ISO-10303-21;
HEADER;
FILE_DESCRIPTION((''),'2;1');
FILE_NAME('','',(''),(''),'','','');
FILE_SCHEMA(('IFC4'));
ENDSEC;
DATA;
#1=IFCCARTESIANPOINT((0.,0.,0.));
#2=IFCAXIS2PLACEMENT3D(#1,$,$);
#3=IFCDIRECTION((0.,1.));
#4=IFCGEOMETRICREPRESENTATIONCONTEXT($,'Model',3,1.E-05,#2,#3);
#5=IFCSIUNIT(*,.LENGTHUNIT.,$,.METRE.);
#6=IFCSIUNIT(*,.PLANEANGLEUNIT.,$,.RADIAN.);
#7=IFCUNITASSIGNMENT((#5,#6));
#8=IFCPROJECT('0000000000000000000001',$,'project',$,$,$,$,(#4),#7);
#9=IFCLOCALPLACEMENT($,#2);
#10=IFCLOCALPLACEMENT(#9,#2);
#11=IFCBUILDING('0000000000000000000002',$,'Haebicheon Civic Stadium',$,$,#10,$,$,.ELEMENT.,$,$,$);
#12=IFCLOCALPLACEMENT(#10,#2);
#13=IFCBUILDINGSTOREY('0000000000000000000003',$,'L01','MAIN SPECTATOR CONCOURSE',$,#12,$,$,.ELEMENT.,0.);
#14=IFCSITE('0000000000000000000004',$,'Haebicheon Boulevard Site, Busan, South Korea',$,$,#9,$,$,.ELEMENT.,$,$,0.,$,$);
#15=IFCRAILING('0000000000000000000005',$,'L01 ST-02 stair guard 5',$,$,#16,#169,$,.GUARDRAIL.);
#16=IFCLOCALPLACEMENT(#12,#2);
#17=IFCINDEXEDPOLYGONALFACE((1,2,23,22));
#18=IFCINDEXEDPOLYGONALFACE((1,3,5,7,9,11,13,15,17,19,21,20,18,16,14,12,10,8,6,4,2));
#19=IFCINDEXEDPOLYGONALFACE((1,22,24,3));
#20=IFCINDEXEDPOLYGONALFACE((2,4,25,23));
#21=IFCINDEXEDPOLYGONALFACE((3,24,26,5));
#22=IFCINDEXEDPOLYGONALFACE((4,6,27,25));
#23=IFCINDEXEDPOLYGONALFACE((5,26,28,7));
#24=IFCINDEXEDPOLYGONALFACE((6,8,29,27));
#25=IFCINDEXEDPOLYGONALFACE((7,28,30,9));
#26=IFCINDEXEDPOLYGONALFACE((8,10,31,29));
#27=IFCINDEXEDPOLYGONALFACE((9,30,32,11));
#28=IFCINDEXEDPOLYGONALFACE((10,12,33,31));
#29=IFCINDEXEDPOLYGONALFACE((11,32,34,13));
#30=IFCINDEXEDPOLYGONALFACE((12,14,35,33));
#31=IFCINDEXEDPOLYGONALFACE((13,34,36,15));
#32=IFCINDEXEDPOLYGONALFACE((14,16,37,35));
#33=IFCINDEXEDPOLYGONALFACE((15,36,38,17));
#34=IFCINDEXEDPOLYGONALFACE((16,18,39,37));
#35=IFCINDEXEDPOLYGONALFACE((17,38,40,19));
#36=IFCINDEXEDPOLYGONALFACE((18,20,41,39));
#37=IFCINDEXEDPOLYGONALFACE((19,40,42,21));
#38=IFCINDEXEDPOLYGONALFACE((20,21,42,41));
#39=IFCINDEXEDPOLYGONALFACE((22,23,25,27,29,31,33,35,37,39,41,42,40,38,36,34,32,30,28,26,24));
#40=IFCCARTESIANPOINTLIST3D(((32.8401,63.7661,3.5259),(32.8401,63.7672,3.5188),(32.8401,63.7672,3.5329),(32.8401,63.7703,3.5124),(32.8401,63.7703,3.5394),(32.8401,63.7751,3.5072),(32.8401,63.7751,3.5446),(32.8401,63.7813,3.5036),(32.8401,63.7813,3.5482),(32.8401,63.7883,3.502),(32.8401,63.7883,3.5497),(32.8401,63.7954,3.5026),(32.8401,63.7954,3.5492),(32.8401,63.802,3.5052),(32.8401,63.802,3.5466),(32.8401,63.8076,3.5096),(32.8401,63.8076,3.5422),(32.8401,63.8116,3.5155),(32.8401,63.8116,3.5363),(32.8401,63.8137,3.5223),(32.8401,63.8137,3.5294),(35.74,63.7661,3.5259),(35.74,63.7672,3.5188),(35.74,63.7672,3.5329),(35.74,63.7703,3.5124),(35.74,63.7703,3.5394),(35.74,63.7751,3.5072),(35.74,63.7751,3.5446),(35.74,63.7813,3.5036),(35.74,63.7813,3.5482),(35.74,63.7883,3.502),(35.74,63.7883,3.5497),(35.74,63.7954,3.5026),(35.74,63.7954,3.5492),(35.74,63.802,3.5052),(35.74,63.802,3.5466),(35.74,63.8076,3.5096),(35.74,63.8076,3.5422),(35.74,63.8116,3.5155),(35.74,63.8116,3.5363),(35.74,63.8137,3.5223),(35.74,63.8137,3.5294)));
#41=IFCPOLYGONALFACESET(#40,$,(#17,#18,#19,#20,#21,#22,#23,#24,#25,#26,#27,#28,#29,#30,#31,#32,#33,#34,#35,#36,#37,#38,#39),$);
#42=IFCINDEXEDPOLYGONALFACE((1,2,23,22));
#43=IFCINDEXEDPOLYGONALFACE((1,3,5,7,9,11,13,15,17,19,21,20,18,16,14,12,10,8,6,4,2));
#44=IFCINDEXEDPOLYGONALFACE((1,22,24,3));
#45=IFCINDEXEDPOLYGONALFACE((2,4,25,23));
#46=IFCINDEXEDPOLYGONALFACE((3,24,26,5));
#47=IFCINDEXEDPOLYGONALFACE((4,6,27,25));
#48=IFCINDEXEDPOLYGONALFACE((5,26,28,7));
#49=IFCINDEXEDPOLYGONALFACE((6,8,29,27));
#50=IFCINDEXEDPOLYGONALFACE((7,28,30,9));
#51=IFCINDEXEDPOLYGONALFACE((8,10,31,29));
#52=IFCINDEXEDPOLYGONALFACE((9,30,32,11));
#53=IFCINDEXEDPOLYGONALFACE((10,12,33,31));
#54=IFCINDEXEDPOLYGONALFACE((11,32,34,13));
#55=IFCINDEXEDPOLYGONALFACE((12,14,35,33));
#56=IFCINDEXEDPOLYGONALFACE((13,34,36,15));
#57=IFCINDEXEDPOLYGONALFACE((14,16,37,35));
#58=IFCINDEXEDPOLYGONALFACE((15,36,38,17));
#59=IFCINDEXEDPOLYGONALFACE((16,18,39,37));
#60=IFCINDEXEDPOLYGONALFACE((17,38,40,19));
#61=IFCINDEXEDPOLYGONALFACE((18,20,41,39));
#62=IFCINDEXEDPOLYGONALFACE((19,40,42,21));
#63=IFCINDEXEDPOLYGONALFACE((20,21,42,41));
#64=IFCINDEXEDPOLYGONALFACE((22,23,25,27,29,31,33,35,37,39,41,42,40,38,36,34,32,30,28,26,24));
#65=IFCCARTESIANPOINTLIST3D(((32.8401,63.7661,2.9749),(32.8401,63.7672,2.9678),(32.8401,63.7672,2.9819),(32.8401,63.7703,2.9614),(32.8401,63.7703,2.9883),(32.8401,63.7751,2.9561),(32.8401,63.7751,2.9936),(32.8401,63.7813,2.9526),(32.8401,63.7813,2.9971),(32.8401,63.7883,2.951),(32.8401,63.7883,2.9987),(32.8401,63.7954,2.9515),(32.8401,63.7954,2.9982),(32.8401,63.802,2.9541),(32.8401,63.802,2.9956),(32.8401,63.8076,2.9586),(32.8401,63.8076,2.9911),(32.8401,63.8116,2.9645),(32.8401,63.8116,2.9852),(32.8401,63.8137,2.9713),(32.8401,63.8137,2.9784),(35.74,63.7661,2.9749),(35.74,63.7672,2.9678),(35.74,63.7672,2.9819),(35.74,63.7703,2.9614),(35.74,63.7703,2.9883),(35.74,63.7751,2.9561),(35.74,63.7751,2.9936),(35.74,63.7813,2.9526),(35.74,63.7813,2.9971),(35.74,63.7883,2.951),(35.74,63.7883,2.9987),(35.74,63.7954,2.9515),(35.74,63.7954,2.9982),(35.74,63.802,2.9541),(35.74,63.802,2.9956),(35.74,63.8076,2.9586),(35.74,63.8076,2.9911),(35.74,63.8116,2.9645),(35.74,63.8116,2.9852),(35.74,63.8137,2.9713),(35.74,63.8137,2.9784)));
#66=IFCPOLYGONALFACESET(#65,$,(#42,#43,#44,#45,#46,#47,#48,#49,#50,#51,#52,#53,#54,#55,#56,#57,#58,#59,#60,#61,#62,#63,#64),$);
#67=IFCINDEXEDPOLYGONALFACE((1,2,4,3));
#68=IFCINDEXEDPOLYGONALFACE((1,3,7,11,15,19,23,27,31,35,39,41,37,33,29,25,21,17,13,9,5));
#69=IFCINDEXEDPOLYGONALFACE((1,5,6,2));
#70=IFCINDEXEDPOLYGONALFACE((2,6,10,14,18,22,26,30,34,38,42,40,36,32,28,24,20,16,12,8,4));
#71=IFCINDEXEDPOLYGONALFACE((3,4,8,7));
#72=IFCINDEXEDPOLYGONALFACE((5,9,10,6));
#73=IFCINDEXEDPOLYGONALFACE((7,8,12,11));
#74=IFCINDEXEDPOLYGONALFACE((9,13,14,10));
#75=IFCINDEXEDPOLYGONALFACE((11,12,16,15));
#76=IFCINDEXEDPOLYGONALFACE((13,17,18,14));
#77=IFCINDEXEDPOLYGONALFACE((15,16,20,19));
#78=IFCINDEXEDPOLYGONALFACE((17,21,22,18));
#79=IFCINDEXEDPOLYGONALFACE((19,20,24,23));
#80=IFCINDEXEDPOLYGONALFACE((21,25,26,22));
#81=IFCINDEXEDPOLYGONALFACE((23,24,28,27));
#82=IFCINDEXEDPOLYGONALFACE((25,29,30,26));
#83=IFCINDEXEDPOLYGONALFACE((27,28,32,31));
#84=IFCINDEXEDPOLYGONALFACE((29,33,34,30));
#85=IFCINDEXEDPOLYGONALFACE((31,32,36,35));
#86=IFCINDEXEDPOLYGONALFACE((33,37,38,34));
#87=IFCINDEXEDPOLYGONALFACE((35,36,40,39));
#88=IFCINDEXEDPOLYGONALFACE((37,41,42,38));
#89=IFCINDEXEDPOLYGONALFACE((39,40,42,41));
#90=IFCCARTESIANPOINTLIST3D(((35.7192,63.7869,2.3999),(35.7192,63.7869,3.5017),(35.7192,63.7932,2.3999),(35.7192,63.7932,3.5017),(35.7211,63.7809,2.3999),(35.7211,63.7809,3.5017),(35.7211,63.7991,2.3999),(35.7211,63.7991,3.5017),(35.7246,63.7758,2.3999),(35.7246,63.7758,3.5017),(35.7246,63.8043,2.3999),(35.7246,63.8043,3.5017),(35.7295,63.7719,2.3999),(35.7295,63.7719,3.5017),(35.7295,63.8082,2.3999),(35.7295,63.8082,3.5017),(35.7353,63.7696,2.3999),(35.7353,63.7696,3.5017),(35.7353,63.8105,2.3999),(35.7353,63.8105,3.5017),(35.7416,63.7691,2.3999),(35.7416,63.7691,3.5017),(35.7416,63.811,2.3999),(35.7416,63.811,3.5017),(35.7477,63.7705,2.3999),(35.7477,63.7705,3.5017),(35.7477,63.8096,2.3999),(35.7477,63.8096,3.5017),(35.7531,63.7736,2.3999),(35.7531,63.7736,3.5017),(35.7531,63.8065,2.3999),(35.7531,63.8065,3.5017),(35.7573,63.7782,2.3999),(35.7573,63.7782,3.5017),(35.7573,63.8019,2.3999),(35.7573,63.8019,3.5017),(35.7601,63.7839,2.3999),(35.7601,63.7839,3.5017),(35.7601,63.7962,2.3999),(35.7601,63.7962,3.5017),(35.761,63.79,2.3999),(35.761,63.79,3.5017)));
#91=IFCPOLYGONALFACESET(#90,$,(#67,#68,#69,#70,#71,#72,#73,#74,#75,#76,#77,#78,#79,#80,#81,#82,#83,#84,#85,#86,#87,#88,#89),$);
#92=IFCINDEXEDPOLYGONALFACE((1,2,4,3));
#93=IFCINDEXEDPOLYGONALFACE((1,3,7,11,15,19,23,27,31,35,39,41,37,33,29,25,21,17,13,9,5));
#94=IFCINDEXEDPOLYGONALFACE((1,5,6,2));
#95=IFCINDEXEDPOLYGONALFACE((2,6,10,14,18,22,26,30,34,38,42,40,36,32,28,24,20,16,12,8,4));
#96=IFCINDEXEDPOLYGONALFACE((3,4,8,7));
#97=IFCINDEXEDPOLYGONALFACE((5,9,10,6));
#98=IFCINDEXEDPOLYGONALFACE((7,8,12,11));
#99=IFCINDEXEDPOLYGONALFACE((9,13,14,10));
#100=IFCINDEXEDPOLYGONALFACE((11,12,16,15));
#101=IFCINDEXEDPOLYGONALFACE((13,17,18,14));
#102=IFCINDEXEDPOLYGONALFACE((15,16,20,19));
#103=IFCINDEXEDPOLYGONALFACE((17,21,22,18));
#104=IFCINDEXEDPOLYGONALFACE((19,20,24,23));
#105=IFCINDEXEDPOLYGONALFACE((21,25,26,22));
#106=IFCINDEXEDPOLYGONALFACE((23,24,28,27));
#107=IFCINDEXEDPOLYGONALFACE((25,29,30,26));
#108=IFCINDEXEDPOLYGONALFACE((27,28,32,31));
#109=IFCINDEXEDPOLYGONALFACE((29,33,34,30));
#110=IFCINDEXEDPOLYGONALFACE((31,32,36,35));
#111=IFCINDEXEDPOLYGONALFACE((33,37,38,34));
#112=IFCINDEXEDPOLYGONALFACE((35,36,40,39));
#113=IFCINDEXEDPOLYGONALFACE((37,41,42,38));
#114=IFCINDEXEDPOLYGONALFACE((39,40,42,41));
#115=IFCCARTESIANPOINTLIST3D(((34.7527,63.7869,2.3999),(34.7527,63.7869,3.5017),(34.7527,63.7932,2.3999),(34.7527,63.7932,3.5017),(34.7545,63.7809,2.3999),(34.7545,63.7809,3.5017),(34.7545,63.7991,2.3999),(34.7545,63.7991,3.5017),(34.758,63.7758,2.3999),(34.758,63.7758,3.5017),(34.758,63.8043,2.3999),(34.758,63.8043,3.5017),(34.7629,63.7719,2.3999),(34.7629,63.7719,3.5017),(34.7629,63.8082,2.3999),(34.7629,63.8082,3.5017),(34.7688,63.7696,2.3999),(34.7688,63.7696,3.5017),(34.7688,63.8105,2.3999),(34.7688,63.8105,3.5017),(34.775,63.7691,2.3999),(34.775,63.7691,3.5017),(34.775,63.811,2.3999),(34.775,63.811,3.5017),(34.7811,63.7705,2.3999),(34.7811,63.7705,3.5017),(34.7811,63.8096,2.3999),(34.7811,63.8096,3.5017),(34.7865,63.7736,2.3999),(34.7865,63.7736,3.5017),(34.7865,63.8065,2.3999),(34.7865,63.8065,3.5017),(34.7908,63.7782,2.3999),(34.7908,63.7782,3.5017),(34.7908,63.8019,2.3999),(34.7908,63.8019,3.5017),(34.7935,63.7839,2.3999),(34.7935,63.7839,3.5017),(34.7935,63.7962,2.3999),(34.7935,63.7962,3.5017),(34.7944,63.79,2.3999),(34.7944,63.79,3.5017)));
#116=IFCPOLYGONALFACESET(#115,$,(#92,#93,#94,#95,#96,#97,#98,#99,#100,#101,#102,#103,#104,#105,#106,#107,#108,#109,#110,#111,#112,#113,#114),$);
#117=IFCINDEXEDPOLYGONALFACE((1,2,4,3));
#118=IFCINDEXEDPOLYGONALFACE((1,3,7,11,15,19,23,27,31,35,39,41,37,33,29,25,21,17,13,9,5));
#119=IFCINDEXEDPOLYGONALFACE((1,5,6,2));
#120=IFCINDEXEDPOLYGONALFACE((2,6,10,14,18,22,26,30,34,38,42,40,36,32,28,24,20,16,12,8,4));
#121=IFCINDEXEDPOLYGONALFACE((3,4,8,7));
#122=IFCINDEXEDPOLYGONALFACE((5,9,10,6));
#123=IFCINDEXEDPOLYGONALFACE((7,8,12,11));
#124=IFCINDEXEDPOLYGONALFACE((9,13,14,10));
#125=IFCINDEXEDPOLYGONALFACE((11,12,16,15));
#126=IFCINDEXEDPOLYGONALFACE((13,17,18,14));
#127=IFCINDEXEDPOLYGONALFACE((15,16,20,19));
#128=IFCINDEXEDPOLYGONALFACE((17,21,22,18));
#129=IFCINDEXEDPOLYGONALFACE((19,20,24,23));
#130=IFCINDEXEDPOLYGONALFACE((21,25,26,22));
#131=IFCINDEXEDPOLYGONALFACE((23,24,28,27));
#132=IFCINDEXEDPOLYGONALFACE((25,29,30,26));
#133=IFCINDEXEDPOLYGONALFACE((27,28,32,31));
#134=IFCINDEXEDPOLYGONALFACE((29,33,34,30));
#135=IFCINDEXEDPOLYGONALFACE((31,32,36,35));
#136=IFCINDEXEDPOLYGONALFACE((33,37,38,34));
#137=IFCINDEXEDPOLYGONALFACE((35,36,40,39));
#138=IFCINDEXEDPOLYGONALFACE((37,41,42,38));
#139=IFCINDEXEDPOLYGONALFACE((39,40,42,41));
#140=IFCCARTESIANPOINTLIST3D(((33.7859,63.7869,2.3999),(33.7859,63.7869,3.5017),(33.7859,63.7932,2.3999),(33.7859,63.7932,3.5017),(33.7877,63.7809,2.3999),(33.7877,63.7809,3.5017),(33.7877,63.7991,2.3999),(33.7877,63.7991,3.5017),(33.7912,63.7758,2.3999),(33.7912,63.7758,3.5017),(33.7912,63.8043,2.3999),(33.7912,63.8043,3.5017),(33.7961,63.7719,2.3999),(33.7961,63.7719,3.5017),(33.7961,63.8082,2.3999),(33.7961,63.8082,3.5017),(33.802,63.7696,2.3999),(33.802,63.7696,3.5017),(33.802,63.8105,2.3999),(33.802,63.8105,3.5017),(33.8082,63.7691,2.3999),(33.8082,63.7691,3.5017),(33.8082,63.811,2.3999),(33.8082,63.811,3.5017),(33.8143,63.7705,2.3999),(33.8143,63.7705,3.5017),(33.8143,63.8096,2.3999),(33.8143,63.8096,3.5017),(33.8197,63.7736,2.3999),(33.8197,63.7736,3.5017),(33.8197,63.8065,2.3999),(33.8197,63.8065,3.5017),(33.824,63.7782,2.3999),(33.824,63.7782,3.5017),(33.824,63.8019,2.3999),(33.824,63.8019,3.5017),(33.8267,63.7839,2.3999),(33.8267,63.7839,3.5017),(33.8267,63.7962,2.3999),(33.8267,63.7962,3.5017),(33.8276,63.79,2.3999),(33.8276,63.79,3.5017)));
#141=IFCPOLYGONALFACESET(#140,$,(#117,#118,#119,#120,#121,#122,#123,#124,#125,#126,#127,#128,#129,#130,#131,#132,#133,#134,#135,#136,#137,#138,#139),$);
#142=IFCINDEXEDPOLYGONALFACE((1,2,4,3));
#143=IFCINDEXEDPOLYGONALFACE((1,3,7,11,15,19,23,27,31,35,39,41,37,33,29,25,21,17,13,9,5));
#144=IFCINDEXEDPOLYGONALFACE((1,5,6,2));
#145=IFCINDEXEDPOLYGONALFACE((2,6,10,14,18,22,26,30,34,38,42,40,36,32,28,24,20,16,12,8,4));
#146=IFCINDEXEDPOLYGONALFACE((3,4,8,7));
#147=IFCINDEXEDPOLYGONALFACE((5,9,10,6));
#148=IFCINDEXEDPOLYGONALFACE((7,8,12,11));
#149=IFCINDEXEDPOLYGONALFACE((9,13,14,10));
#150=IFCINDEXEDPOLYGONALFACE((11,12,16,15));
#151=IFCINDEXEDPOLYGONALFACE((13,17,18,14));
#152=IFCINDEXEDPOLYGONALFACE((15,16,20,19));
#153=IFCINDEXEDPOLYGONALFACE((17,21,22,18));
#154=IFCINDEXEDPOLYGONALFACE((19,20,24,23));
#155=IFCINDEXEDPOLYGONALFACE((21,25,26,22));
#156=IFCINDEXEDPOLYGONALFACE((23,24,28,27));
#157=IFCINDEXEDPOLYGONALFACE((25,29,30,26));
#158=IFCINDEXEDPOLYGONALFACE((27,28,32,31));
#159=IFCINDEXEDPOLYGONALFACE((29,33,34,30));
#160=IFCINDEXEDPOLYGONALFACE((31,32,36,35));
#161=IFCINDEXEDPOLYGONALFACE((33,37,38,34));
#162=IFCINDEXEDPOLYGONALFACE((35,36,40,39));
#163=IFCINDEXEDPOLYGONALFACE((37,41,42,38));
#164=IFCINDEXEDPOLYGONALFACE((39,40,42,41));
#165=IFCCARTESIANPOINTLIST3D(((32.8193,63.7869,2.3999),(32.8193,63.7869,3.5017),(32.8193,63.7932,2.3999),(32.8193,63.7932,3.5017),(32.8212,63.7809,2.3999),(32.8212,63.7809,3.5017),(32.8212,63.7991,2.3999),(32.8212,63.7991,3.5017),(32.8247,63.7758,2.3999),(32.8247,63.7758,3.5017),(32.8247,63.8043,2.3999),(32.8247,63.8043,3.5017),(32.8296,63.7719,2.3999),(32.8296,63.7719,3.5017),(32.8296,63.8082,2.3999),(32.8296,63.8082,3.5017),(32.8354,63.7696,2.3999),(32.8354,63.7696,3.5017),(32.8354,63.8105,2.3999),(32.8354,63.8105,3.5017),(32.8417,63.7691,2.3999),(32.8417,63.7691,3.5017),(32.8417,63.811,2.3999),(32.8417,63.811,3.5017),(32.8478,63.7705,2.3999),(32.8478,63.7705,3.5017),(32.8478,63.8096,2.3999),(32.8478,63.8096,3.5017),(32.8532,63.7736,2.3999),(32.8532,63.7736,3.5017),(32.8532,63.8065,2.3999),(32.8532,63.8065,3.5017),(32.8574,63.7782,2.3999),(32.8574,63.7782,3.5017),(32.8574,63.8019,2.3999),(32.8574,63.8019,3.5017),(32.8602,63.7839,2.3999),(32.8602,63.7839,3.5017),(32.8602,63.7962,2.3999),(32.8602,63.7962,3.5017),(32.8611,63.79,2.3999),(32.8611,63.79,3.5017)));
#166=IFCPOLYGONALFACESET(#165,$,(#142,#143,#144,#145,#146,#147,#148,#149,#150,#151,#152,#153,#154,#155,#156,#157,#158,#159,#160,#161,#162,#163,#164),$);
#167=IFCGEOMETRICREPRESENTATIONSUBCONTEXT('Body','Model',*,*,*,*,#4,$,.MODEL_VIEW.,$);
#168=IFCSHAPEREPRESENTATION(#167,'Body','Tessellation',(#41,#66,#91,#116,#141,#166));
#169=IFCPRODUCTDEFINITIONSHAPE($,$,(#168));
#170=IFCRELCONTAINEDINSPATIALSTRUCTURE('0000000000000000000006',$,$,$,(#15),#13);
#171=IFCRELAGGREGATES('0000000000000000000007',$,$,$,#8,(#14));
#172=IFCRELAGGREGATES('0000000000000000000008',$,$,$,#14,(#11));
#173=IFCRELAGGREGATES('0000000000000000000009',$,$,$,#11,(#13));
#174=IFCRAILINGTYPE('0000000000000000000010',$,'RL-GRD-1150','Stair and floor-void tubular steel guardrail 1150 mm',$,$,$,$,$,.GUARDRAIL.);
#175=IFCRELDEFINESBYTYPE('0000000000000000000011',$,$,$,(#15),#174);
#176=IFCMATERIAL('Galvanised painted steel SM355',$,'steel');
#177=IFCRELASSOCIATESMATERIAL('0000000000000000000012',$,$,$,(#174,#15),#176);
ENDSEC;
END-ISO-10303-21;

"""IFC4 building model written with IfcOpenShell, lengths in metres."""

from ifc_helpers import new_model, si_unit, direction, frame, origin, origin_2d, place, context, subcontext, project, spatial, circle, extrude, material, type_object, element, save


model = new_model("IFC4")

# Units and contexts
model_context = context("Model", 3, precision=1e-05, world=origin(), true_north=direction((0.0, 1.0)))
body_context = subcontext(model_context, "Body", "Model", "MODEL_VIEW")
ifc_project = project(units=[si_unit("LENGTHUNIT", "METRE"), si_unit("PLANEANGLEUNIT", "RADIAN")], contexts=[model_context])

# Site, building, storey
site_placement = place(None, origin())
site = spatial("IfcSite", under=ifc_project, at=site_placement, Name="Haebicheon Boulevard Site, Busan, South Korea", CompositionType="ELEMENT", RefElevation=0.0)
building_placement = place(site_placement, origin())
building = spatial("IfcBuilding", under=site, at=building_placement, Name="Haebicheon Civic Stadium", CompositionType="ELEMENT")
storey_placement = place(building_placement, origin())
storey = spatial("IfcBuildingStorey", under=building, at=storey_placement, Name="L01", Description="MAIN SPECTATOR CONCOURSE", CompositionType="ELEMENT", Elevation=0.0)

# Railing
ifc_material_1 = material(Name="Galvanised painted steel SM355", Category="steel")
railing_type_1 = type_object("IfcRailingType", Name="RL-GRD-1150", Description="Stair and floor-void tubular steel guardrail 1150 mm", PredefinedType="GUARDRAIL", material=ifc_material_1)
railing_1_placement = place(storey_placement, frame((35.74, 63.79, 2.3999)))
element("IfcRailing", 1, at=railing_1_placement, inside=storey, type_object=railing_type_1, material=ifc_material_1, Name="L01 ST-02 stair guard 5", PredefinedType="GUARDRAIL", context=body_context, shape_type="SweptSolid", body=[
    extrude(circle(Radius=0.0239, at=origin_2d()), frame((0.0, 0.0, 1.126), z_axis=(-1.0, 0.0, 0.0), x_axis=(0.0, -1.0, 0.0)), (0.0, 0.0, 1.0), 2.8999),
    extrude(circle(Radius=0.0239, at=origin_2d()), frame((0.0, 0.0, 0.575), z_axis=(-1.0, 0.0, 0.0), x_axis=(0.0, -1.0, 0.0)), (0.0, 0.0, 1.0), 2.8999),
    extrude(circle(Radius=0.021, at=origin_2d()), origin(), (0.0, 0.0, 1.0), 1.1018),
    extrude(circle(Radius=0.021, at=origin_2d()), frame((-0.9666, 0.0, 0.0)), (0.0, 0.0, 1.0), 1.1018),
    extrude(circle(Radius=0.021, at=origin_2d()), frame((-1.9333, 0.0, 0.0)), (0.0, 0.0, 1.0), 1.1018),
    extrude(circle(Radius=0.021, at=origin_2d()), frame((-2.8999, 0.0, 0.0)), (0.0, 0.0, 1.0), 1.1018),
])

save(model, "model.ifc")
